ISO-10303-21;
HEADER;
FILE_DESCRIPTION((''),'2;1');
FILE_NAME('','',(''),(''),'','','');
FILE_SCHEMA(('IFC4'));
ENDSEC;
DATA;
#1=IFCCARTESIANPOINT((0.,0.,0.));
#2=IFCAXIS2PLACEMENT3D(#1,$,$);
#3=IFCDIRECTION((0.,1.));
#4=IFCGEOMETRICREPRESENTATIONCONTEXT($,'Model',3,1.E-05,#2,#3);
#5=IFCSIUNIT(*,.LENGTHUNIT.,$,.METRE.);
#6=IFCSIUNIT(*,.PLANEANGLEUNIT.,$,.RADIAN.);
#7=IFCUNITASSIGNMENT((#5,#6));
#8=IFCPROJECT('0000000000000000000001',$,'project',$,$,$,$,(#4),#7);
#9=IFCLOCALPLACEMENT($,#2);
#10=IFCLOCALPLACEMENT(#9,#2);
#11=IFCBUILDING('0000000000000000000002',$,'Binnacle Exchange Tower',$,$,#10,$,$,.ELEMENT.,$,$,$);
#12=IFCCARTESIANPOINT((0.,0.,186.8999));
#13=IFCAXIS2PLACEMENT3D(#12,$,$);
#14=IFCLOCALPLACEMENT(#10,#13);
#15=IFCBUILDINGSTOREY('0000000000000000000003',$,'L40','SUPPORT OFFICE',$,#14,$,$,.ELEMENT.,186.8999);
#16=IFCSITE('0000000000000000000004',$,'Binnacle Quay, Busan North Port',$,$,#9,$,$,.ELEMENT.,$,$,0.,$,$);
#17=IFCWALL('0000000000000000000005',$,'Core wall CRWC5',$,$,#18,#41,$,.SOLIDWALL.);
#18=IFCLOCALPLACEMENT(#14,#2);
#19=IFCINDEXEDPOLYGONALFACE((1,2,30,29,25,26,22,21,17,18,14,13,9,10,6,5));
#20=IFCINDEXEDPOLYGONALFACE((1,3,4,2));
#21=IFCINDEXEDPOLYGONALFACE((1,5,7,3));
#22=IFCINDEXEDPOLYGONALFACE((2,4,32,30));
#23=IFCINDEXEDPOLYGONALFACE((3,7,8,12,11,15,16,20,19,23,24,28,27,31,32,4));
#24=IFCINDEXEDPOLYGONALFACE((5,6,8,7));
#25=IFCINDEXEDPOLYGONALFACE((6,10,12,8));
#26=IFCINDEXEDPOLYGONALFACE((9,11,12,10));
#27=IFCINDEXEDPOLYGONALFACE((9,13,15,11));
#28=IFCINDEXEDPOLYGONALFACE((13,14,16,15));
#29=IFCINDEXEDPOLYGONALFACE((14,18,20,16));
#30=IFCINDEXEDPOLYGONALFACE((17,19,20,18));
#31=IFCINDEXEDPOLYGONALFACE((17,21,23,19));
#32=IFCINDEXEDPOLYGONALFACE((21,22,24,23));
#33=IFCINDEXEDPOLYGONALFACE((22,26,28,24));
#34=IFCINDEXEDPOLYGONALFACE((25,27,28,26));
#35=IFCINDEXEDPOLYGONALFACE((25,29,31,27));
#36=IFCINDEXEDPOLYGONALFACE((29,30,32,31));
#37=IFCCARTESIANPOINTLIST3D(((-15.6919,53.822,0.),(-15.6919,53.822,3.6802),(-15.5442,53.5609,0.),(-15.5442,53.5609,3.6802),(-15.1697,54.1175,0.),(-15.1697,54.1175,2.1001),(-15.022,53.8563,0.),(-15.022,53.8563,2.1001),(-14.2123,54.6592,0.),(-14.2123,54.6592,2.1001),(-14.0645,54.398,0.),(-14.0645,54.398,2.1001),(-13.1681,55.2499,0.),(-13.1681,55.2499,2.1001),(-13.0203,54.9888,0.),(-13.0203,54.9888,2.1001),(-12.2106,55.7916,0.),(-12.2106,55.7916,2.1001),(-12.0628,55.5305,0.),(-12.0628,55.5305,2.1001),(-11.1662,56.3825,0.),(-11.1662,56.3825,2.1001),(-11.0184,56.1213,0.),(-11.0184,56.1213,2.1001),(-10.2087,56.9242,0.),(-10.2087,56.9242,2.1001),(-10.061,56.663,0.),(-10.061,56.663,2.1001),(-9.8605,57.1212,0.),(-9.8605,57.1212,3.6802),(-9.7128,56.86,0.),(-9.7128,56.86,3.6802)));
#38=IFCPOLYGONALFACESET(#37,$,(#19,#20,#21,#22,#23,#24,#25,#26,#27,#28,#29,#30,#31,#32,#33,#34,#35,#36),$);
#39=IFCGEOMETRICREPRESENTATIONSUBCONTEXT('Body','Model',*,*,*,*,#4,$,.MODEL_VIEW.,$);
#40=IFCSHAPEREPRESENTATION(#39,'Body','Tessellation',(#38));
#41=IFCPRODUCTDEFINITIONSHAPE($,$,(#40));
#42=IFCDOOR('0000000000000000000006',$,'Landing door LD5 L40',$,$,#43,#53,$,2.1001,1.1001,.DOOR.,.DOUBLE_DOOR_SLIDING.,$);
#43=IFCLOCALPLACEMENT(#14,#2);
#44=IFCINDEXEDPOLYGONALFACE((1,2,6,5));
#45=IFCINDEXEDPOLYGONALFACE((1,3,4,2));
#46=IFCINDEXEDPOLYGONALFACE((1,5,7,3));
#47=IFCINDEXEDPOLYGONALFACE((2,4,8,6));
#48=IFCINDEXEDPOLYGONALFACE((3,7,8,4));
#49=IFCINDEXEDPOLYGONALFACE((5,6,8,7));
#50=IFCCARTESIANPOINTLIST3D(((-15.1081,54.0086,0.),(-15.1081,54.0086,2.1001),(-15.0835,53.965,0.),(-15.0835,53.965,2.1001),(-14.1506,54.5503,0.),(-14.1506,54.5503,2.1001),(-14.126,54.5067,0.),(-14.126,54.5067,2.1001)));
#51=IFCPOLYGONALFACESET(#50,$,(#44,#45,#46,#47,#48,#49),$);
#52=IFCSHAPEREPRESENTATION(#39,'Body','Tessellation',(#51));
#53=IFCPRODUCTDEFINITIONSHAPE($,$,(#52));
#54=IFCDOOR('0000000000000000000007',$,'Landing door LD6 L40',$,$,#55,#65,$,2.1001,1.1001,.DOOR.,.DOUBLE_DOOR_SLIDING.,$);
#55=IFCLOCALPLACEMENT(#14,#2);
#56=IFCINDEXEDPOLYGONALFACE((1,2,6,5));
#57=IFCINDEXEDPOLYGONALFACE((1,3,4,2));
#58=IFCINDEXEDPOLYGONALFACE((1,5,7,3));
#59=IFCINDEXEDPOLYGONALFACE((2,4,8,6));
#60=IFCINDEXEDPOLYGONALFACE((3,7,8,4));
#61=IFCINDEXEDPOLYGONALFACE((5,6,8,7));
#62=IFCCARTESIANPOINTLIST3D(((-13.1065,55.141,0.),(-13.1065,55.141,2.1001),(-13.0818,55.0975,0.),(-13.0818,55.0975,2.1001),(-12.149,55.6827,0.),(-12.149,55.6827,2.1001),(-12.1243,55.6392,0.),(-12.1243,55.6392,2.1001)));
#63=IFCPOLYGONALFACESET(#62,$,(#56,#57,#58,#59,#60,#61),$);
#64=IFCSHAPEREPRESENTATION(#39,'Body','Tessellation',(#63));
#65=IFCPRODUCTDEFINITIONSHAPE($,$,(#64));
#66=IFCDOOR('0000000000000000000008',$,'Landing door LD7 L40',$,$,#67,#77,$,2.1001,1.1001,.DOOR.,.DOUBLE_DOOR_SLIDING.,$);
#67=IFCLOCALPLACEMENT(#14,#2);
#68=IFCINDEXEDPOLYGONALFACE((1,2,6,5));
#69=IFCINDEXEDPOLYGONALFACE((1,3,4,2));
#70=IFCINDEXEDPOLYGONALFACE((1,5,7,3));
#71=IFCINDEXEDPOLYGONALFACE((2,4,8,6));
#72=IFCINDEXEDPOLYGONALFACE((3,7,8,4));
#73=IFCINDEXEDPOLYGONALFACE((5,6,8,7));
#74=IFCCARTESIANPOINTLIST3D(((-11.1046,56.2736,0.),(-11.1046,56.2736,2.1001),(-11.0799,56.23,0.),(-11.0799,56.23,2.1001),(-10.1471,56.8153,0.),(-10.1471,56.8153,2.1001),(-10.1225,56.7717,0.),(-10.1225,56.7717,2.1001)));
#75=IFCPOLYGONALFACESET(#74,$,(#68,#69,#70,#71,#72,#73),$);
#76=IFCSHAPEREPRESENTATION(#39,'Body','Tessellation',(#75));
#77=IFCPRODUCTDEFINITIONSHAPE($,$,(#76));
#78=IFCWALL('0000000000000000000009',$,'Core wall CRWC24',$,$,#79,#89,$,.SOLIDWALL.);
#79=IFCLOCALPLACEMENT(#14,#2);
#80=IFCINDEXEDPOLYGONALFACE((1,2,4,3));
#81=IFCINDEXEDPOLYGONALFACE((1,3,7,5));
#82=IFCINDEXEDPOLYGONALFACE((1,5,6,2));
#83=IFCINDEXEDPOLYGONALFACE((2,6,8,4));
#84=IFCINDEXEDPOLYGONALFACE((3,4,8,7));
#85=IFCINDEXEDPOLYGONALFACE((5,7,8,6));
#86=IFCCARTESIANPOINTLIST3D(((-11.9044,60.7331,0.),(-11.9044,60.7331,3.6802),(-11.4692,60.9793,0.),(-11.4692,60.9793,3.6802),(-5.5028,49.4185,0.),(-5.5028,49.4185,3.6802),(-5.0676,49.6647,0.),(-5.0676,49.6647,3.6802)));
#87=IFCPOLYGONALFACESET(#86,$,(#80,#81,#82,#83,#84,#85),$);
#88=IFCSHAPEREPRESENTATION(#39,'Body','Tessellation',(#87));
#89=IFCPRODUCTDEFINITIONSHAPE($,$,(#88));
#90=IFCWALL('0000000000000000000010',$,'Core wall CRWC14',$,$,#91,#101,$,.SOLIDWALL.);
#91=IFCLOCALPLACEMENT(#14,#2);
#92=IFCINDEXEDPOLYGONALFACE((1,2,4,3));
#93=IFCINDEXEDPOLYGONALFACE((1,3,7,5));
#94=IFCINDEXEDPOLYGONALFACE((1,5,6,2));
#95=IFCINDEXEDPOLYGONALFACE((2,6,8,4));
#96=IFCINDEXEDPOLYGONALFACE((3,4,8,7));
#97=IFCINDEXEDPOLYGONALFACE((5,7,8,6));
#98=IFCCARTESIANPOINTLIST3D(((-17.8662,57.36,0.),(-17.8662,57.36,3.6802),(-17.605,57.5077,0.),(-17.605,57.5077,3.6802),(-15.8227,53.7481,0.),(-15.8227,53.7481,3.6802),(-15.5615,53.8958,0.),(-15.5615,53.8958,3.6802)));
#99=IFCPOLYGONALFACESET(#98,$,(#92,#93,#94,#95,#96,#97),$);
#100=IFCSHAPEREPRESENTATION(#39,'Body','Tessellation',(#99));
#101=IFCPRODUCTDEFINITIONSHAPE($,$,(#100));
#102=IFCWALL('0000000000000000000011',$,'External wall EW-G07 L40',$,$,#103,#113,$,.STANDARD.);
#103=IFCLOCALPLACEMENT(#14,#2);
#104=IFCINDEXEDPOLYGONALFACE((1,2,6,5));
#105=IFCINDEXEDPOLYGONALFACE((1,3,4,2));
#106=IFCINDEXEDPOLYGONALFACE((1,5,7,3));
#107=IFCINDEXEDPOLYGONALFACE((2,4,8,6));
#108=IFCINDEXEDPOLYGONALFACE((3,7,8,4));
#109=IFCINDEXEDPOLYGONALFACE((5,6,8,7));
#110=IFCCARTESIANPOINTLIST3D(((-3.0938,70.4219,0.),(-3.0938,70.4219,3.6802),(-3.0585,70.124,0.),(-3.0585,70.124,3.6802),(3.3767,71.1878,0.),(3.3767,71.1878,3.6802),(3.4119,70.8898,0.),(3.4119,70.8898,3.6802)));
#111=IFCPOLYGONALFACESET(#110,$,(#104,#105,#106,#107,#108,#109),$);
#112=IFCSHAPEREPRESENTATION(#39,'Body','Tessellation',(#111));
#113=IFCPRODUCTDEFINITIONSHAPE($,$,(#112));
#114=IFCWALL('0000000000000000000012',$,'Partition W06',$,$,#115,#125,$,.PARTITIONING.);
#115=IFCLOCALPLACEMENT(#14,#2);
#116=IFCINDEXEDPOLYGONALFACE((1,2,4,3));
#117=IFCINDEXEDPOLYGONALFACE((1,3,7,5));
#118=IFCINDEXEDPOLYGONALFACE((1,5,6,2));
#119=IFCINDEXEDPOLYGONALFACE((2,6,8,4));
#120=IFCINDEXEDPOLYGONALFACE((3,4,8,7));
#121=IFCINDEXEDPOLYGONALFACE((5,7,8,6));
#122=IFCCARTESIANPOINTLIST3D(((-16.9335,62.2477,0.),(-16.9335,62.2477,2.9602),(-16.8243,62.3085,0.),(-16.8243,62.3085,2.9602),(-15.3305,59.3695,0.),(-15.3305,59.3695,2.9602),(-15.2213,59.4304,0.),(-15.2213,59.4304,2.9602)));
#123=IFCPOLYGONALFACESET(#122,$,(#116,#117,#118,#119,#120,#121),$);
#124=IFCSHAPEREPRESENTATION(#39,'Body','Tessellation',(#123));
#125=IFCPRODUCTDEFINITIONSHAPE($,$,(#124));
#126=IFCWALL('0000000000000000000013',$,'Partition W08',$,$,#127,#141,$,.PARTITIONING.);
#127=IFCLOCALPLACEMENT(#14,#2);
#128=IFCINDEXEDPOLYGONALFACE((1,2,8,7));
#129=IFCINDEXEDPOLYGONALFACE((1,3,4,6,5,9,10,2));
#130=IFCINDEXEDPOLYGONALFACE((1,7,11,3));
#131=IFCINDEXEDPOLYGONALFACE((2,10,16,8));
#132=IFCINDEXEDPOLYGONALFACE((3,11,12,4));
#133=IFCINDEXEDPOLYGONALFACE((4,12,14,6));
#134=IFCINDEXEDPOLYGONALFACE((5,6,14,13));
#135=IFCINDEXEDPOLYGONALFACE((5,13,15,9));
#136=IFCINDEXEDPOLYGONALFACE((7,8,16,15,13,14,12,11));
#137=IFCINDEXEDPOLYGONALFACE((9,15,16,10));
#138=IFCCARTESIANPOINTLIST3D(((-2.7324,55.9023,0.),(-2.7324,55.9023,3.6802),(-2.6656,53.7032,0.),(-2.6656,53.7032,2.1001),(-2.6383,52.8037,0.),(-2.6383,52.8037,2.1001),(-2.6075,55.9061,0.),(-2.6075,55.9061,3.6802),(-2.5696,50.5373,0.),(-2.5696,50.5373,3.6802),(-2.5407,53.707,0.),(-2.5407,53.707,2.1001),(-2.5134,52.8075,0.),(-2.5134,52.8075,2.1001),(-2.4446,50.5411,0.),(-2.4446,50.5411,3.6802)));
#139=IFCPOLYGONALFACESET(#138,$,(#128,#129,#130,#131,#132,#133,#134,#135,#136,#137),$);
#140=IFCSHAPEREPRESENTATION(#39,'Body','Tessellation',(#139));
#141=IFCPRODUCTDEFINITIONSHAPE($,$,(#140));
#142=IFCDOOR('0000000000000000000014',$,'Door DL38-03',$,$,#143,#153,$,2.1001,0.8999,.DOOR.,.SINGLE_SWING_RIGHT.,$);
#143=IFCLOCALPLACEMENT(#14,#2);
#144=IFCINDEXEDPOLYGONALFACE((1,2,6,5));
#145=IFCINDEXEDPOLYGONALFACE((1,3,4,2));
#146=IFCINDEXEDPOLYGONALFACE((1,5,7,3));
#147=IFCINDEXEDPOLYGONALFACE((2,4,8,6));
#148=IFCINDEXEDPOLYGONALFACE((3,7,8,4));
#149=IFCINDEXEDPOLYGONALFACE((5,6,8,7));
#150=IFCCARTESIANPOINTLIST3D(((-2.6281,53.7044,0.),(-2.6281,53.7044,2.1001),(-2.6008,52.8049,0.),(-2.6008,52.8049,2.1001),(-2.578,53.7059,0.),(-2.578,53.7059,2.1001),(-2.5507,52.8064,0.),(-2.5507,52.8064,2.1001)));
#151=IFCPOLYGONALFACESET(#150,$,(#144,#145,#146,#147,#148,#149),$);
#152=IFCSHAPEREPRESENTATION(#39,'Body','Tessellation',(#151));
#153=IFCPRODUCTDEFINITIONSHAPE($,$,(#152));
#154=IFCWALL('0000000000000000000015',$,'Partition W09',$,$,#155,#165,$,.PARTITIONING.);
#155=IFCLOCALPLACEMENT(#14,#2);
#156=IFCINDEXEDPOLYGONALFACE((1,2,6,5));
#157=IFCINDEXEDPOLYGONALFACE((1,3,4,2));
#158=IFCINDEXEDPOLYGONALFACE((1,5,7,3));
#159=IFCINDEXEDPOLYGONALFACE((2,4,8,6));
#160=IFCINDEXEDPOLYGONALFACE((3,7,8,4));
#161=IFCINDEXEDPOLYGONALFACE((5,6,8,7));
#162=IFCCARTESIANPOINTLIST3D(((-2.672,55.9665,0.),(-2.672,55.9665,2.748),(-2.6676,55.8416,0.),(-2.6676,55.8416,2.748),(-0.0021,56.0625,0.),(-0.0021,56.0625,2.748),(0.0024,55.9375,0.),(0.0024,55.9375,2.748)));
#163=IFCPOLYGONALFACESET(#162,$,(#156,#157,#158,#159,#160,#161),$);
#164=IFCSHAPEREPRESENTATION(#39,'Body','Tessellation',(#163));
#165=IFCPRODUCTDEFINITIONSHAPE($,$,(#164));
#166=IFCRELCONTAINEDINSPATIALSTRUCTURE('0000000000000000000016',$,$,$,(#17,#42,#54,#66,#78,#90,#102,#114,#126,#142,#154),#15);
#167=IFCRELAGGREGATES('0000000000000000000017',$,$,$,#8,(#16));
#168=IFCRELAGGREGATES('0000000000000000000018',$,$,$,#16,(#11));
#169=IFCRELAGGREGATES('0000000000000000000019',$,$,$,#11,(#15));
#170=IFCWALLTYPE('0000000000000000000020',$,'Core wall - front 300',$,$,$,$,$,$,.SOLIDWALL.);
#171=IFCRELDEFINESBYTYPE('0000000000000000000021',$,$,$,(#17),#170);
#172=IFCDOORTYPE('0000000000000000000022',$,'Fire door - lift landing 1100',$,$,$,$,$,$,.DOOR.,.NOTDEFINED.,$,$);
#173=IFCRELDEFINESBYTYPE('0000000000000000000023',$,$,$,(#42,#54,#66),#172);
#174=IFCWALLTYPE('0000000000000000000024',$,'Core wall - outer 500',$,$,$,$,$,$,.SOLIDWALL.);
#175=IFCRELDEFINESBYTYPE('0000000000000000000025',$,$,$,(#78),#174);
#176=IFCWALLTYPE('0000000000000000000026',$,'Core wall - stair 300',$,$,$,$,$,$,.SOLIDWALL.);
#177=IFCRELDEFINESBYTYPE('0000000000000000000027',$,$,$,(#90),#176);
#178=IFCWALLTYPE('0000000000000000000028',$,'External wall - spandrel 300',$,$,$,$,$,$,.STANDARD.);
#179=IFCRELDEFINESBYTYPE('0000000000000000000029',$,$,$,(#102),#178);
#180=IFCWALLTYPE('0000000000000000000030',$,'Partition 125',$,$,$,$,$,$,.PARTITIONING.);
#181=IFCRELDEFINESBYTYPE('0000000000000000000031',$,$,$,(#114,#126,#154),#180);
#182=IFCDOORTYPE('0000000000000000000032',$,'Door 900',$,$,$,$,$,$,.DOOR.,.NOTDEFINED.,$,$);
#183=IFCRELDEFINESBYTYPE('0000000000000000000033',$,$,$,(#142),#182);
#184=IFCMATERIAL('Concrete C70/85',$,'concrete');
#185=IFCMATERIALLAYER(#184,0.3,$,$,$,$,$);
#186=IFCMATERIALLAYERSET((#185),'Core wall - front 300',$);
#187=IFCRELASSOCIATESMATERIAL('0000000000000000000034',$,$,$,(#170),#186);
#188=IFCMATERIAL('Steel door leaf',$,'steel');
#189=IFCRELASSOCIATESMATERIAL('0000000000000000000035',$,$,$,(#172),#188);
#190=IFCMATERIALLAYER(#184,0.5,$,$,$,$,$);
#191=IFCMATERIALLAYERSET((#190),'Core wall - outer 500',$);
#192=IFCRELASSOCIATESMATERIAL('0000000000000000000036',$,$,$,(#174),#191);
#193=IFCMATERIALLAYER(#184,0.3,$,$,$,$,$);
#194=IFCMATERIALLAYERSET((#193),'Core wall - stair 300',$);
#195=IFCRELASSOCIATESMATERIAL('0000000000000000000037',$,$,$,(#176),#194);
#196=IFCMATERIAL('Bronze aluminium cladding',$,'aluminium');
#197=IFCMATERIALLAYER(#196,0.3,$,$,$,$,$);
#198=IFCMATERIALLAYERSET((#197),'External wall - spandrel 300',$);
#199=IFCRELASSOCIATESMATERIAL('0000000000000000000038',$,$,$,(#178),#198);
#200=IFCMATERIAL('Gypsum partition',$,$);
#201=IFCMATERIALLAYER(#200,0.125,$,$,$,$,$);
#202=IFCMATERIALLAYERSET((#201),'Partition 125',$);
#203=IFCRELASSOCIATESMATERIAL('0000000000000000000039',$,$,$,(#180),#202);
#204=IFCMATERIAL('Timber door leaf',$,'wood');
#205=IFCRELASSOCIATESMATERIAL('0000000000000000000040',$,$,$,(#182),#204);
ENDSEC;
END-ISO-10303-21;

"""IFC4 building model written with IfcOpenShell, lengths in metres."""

from ifc_helpers import new_model, si_unit, direction, frame, frame_2d, origin, place, context, subcontext, project, spatial, rectangle, extrude, material, layer, layer_set, type_object, element, fill, save


model = new_model("IFC4")

# Units and contexts
model_context = context("Model", 3, precision=1e-05, world=origin(), true_north=direction((0.0, 1.0)))
body_context = subcontext(model_context, "Body", "Model", "MODEL_VIEW")
ifc_project = project(units=[si_unit("LENGTHUNIT", "METRE"), si_unit("PLANEANGLEUNIT", "RADIAN")], contexts=[model_context])

# Site, building, storey
site_placement = place(None, origin())
site = spatial("IfcSite", under=ifc_project, at=site_placement, Name="Binnacle Quay, Busan North Port", CompositionType="ELEMENT", RefElevation=0.0)
building_placement = place(site_placement, origin())
building = spatial("IfcBuilding", under=site, at=building_placement, Name="Binnacle Exchange Tower", CompositionType="ELEMENT")
storey_placement = place(building_placement, frame((0.0, 0.0, 186.8999)))
storey = spatial("IfcBuildingStorey", under=building, at=storey_placement, Name="L40", Description="SUPPORT OFFICE", CompositionType="ELEMENT", Elevation=186.8999)

# Shared definitions
ifc_material_1 = material(Name="Concrete C70/85", Category="concrete")

# Wall, openings, doors
ifc_layer_1 = layer(ifc_material_1, 0.3)
ifc_layer_set_1 = layer_set([ifc_layer_1], Name="Core wall - front 300")
wall_type_1 = type_object("IfcWallType", Name="Core wall - front 300", PredefinedType="SOLIDWALL", material=ifc_layer_set_1)
wall_1_placement = place(storey_placement, frame((-15.6182, 53.6914, 0.0), z_axis=(0.0, 0.0, 1.0), x_axis=(0.870363, 0.49241, 0.0)))
wall_1 = element("IfcWall", 1, at=wall_1_placement, inside=storey, type_object=wall_type_1, Name="Core wall CRWC5", PredefinedType="SOLIDWALL", context=body_context, shape_type="SweptSolid", body=[
    extrude(rectangle(XDim=6.7, YDim=0.3, at=frame_2d((3.3501, 0.0))), origin(), (0.0, 0.0, 1.0), 3.6802),
])
opening_1_placement = place(wall_1_placement, frame((0.6001, 0.0, 0.0)))
opening_1 = element("IfcOpeningElement", 2, at=opening_1_placement, cuts=wall_1, PredefinedType="OPENING", context=body_context, shape_type="SweptSolid", body=[
    extrude(rectangle(XDim=1.1001, YDim=2.1001, at=frame_2d((0.55, 1.05))), frame((0.0, 0.1599, 0.0), z_axis=(0.0, -1.0, 0.0), x_axis=(1.0, 0.0, 0.0)), (0.0, 0.0, 1.0), 0.3201),
])
opening_2_placement = place(wall_1_placement, frame((2.8999, 0.0, 0.0)))
opening_2 = element("IfcOpeningElement", 3, at=opening_2_placement, cuts=wall_1, PredefinedType="OPENING", context=body_context, shape_type="SweptSolid", body=[
    extrude(rectangle(XDim=1.1001, YDim=2.1001, at=frame_2d((0.55, 1.05))), frame((0.0, 0.1599, 0.0), z_axis=(0.0, -1.0, 0.0), x_axis=(1.0, 0.0, 0.0)), (0.0, 0.0, 1.0), 0.3201),
])
opening_3_placement = place(wall_1_placement, frame((5.2, 0.0, 0.0)))
opening_3 = element("IfcOpeningElement", 4, at=opening_3_placement, cuts=wall_1, PredefinedType="OPENING", context=body_context, shape_type="SweptSolid", body=[
    extrude(rectangle(XDim=1.1001, YDim=2.1001, at=frame_2d((0.55, 1.05))), frame((0.0, 0.1599, 0.0), z_axis=(0.0, -1.0, 0.0), x_axis=(1.0, 0.0, 0.0)), (0.0, 0.0, 1.0), 0.3201),
])
ifc_material_2 = material(Name="Steel door leaf", Category="steel")
door_type_1 = type_object("IfcDoorType", Name="Fire door - lift landing 1100", OperationType="NOTDEFINED", PredefinedType="DOOR", material=ifc_material_2)
door_1_placement = place(opening_1_placement, origin())
door_1 = element("IfcDoor", 5, at=door_1_placement, inside=storey, type_object=door_type_1, Name="Landing door LD5 L40", OperationType="DOUBLE_DOOR_SLIDING", OverallHeight=2.1001, OverallWidth=1.1001, PredefinedType="DOOR", context=body_context, shape_type="SweptSolid", body=[
    extrude(rectangle(XDim=1.1001, YDim=2.1001, at=frame_2d((0.55, 1.05))), frame((0.0, 0.0249, 0.0), z_axis=(0.0, -1.0, 0.0), x_axis=(1.0, 0.0, 0.0)), (0.0, 0.0, 1.0), 0.05),
])
fill(opening_1, door_1)
door_2_placement = place(opening_2_placement, origin())
door_2 = element("IfcDoor", 6, at=door_2_placement, inside=storey, type_object=door_type_1, Name="Landing door LD6 L40", OperationType="DOUBLE_DOOR_SLIDING", OverallHeight=2.1001, OverallWidth=1.1001, PredefinedType="DOOR", context=body_context, shape_type="SweptSolid", body=[
    extrude(rectangle(XDim=1.1001, YDim=2.1001, at=frame_2d((0.55, 1.05))), frame((0.0, 0.0249, 0.0), z_axis=(0.0, -1.0, 0.0), x_axis=(1.0, 0.0, 0.0)), (0.0, 0.0, 1.0), 0.05),
])
fill(opening_2, door_2)
door_3_placement = place(opening_3_placement, origin())
door_3 = element("IfcDoor", 7, at=door_3_placement, inside=storey, type_object=door_type_1, Name="Landing door LD7 L40", OperationType="DOUBLE_DOOR_SLIDING", OverallHeight=2.1001, OverallWidth=1.1001, PredefinedType="DOOR", context=body_context, shape_type="SweptSolid", body=[
    extrude(rectangle(XDim=1.1001, YDim=2.1001, at=frame_2d((0.55, 1.05))), frame((0.0, 0.0249, 0.0), z_axis=(0.0, -1.0, 0.0), x_axis=(1.0, 0.0, 0.0)), (0.0, 0.0, 1.0), 0.05),
])
fill(opening_3, door_3)

# Walls
ifc_layer_2 = layer(ifc_material_1, 0.5)
ifc_layer_set_2 = layer_set([ifc_layer_2], Name="Core wall - outer 500")
wall_type_2 = type_object("IfcWallType", Name="Core wall - outer 500", PredefinedType="SOLIDWALL", material=ifc_layer_set_2)
wall_2_placement = place(storey_placement, frame((-11.6868, 60.8562, 0.0), z_axis=(0.0, 0.0, 1.0), x_axis=(0.492427, -0.870354, 0.0)))
element("IfcWall", 8, at=wall_2_placement, inside=storey, type_object=wall_type_2, Name="Core wall CRWC24", PredefinedType="SOLIDWALL", context=body_context, shape_type="SweptSolid", body=[
    extrude(rectangle(XDim=13.0, YDim=0.5, at=frame_2d((6.5, 0.0))), origin(), (0.0, 0.0, 1.0), 3.6802),
])
ifc_layer_3 = layer(ifc_material_1, 0.3)
ifc_layer_set_3 = layer_set([ifc_layer_3], Name="Core wall - stair 300")
wall_type_3 = type_object("IfcWallType", Name="Core wall - stair 300", PredefinedType="SOLIDWALL", material=ifc_layer_set_3)
wall_3_placement = place(storey_placement, frame((-17.7356, 57.4338, 0.0), z_axis=(0.0, 0.0, 1.0), x_axis=(0.492422, -0.870357, 0.0)))
element("IfcWall", 9, at=wall_3_placement, inside=storey, type_object=wall_type_3, Name="Core wall CRWC14", PredefinedType="SOLIDWALL", context=body_context, shape_type="SweptSolid", body=[
    extrude(rectangle(XDim=4.1499, YDim=0.3, at=frame_2d((2.075, 0.0))), origin(), (0.0, 0.0, 1.0), 3.6802),
])
ifc_material_3 = material(Name="Bronze aluminium cladding", Category="aluminium")
ifc_layer_4 = layer(ifc_material_3, 0.3)
ifc_layer_set_4 = layer_set([ifc_layer_4], Name="External wall - spandrel 300")
wall_type_4 = type_object("IfcWallType", Name="External wall - spandrel 300", PredefinedType="STANDARD", material=ifc_layer_set_4)
wall_4_placement = place(storey_placement, frame((-3.0762, 70.2729, 0.0), z_axis=(0.0, 0.0, 1.0), x_axis=(0.993068, 0.117543, 0.0)))
element("IfcWall", 10, at=wall_4_placement, inside=storey, type_object=wall_type_4, Name="External wall EW-G07 L40", PredefinedType="STANDARD", context=body_context, shape_type="SweptSolid", body=[
    extrude(rectangle(XDim=6.5156, YDim=0.3, at=frame_2d((3.2578, 0.0))), origin(), (0.0, 0.0, 1.0), 3.6802),
])
ifc_material_4 = material(Name="Gypsum partition")
ifc_layer_5 = layer(ifc_material_4, 0.125)
ifc_layer_set_5 = layer_set([ifc_layer_5], Name="Partition 125")
wall_type_5 = type_object("IfcWallType", Name="Partition 125", PredefinedType="PARTITIONING", material=ifc_layer_set_5)
wall_5_placement = place(storey_placement, frame((-16.8789, 62.2781, 0.0), z_axis=(0.0, 0.0, 1.0), x_axis=(0.48658, -0.873636, 0.0)))
element("IfcWall", 11, at=wall_5_placement, inside=storey, type_object=wall_type_5, Name="Partition W06", PredefinedType="PARTITIONING", context=body_context, shape_type="SweptSolid", body=[
    extrude(rectangle(XDim=3.2944, YDim=0.125, at=frame_2d((1.6472, 0.0))), origin(), (0.0, 0.0, 1.0), 2.9602),
])

# Wall, opening, door
wall_6_placement = place(storey_placement, frame((-2.6699, 55.9041, 0.0), z_axis=(0.0, 0.0, 1.0), x_axis=(0.030339, -0.99954, 0.0)))
wall_6 = element("IfcWall", 12, at=wall_6_placement, inside=storey, type_object=wall_type_5, Name="Partition W08", PredefinedType="PARTITIONING", context=body_context, shape_type="SweptSolid", body=[
    extrude(rectangle(XDim=5.3674, YDim=0.125, at=frame_2d((2.6836, 0.0))), origin(), (0.0, 0.0, 1.0), 3.6802),
])
opening_4_placement = place(wall_6_placement, frame((2.2, 0.0, 0.0)))
opening_4 = element("IfcOpeningElement", 13, at=opening_4_placement, cuts=wall_6, PredefinedType="OPENING", context=body_context, shape_type="SweptSolid", body=[
    extrude(rectangle(XDim=0.8999, YDim=2.1001, at=frame_2d((0.45, 1.05))), frame((0.0, 0.0725, 0.0), z_axis=(0.0, -1.0, 0.0), x_axis=(1.0, 0.0, 0.0)), (0.0, 0.0, 1.0), 0.145),
])
ifc_material_5 = material(Name="Timber door leaf", Category="wood")
door_type_2 = type_object("IfcDoorType", Name="Door 900", OperationType="NOTDEFINED", PredefinedType="DOOR", material=ifc_material_5)
door_4_placement = place(opening_4_placement, frame((0.8999, 0.0, 0.0), z_axis=(0.0, 0.0, 1.0), x_axis=(-1.0, 0.0, 0.0)))
door_4 = element("IfcDoor", 14, at=door_4_placement, inside=storey, type_object=door_type_2, Name="Door DL38-03", OperationType="SINGLE_SWING_RIGHT", OverallHeight=2.1001, OverallWidth=0.8999, PredefinedType="DOOR", context=body_context, shape_type="SweptSolid", body=[
    extrude(rectangle(XDim=0.8999, YDim=2.1001, at=frame_2d((0.45, 1.05))), frame((0.0, 0.0249, 0.0), z_axis=(0.0, -1.0, 0.0), x_axis=(1.0, 0.0, 0.0)), (0.0, 0.0, 1.0), 0.05),
])
fill(opening_4, door_4)

# Wall
wall_7_placement = place(storey_placement, frame((-2.6699, 55.9041, 0.0), z_axis=(0.0, 0.0, 1.0), x_axis=(0.999355, 0.035913, 0.0)))
element("IfcWall", 15, at=wall_7_placement, inside=storey, type_object=wall_type_5, Name="Partition W09", PredefinedType="PARTITIONING", context=body_context, shape_type="SweptSolid", body=[
    extrude(rectangle(XDim=2.6716, YDim=0.125, at=frame_2d((1.3359, 0.0))), origin(), (0.0, 0.0, 1.0), 2.748),
])

save(model, "model.ifc")
